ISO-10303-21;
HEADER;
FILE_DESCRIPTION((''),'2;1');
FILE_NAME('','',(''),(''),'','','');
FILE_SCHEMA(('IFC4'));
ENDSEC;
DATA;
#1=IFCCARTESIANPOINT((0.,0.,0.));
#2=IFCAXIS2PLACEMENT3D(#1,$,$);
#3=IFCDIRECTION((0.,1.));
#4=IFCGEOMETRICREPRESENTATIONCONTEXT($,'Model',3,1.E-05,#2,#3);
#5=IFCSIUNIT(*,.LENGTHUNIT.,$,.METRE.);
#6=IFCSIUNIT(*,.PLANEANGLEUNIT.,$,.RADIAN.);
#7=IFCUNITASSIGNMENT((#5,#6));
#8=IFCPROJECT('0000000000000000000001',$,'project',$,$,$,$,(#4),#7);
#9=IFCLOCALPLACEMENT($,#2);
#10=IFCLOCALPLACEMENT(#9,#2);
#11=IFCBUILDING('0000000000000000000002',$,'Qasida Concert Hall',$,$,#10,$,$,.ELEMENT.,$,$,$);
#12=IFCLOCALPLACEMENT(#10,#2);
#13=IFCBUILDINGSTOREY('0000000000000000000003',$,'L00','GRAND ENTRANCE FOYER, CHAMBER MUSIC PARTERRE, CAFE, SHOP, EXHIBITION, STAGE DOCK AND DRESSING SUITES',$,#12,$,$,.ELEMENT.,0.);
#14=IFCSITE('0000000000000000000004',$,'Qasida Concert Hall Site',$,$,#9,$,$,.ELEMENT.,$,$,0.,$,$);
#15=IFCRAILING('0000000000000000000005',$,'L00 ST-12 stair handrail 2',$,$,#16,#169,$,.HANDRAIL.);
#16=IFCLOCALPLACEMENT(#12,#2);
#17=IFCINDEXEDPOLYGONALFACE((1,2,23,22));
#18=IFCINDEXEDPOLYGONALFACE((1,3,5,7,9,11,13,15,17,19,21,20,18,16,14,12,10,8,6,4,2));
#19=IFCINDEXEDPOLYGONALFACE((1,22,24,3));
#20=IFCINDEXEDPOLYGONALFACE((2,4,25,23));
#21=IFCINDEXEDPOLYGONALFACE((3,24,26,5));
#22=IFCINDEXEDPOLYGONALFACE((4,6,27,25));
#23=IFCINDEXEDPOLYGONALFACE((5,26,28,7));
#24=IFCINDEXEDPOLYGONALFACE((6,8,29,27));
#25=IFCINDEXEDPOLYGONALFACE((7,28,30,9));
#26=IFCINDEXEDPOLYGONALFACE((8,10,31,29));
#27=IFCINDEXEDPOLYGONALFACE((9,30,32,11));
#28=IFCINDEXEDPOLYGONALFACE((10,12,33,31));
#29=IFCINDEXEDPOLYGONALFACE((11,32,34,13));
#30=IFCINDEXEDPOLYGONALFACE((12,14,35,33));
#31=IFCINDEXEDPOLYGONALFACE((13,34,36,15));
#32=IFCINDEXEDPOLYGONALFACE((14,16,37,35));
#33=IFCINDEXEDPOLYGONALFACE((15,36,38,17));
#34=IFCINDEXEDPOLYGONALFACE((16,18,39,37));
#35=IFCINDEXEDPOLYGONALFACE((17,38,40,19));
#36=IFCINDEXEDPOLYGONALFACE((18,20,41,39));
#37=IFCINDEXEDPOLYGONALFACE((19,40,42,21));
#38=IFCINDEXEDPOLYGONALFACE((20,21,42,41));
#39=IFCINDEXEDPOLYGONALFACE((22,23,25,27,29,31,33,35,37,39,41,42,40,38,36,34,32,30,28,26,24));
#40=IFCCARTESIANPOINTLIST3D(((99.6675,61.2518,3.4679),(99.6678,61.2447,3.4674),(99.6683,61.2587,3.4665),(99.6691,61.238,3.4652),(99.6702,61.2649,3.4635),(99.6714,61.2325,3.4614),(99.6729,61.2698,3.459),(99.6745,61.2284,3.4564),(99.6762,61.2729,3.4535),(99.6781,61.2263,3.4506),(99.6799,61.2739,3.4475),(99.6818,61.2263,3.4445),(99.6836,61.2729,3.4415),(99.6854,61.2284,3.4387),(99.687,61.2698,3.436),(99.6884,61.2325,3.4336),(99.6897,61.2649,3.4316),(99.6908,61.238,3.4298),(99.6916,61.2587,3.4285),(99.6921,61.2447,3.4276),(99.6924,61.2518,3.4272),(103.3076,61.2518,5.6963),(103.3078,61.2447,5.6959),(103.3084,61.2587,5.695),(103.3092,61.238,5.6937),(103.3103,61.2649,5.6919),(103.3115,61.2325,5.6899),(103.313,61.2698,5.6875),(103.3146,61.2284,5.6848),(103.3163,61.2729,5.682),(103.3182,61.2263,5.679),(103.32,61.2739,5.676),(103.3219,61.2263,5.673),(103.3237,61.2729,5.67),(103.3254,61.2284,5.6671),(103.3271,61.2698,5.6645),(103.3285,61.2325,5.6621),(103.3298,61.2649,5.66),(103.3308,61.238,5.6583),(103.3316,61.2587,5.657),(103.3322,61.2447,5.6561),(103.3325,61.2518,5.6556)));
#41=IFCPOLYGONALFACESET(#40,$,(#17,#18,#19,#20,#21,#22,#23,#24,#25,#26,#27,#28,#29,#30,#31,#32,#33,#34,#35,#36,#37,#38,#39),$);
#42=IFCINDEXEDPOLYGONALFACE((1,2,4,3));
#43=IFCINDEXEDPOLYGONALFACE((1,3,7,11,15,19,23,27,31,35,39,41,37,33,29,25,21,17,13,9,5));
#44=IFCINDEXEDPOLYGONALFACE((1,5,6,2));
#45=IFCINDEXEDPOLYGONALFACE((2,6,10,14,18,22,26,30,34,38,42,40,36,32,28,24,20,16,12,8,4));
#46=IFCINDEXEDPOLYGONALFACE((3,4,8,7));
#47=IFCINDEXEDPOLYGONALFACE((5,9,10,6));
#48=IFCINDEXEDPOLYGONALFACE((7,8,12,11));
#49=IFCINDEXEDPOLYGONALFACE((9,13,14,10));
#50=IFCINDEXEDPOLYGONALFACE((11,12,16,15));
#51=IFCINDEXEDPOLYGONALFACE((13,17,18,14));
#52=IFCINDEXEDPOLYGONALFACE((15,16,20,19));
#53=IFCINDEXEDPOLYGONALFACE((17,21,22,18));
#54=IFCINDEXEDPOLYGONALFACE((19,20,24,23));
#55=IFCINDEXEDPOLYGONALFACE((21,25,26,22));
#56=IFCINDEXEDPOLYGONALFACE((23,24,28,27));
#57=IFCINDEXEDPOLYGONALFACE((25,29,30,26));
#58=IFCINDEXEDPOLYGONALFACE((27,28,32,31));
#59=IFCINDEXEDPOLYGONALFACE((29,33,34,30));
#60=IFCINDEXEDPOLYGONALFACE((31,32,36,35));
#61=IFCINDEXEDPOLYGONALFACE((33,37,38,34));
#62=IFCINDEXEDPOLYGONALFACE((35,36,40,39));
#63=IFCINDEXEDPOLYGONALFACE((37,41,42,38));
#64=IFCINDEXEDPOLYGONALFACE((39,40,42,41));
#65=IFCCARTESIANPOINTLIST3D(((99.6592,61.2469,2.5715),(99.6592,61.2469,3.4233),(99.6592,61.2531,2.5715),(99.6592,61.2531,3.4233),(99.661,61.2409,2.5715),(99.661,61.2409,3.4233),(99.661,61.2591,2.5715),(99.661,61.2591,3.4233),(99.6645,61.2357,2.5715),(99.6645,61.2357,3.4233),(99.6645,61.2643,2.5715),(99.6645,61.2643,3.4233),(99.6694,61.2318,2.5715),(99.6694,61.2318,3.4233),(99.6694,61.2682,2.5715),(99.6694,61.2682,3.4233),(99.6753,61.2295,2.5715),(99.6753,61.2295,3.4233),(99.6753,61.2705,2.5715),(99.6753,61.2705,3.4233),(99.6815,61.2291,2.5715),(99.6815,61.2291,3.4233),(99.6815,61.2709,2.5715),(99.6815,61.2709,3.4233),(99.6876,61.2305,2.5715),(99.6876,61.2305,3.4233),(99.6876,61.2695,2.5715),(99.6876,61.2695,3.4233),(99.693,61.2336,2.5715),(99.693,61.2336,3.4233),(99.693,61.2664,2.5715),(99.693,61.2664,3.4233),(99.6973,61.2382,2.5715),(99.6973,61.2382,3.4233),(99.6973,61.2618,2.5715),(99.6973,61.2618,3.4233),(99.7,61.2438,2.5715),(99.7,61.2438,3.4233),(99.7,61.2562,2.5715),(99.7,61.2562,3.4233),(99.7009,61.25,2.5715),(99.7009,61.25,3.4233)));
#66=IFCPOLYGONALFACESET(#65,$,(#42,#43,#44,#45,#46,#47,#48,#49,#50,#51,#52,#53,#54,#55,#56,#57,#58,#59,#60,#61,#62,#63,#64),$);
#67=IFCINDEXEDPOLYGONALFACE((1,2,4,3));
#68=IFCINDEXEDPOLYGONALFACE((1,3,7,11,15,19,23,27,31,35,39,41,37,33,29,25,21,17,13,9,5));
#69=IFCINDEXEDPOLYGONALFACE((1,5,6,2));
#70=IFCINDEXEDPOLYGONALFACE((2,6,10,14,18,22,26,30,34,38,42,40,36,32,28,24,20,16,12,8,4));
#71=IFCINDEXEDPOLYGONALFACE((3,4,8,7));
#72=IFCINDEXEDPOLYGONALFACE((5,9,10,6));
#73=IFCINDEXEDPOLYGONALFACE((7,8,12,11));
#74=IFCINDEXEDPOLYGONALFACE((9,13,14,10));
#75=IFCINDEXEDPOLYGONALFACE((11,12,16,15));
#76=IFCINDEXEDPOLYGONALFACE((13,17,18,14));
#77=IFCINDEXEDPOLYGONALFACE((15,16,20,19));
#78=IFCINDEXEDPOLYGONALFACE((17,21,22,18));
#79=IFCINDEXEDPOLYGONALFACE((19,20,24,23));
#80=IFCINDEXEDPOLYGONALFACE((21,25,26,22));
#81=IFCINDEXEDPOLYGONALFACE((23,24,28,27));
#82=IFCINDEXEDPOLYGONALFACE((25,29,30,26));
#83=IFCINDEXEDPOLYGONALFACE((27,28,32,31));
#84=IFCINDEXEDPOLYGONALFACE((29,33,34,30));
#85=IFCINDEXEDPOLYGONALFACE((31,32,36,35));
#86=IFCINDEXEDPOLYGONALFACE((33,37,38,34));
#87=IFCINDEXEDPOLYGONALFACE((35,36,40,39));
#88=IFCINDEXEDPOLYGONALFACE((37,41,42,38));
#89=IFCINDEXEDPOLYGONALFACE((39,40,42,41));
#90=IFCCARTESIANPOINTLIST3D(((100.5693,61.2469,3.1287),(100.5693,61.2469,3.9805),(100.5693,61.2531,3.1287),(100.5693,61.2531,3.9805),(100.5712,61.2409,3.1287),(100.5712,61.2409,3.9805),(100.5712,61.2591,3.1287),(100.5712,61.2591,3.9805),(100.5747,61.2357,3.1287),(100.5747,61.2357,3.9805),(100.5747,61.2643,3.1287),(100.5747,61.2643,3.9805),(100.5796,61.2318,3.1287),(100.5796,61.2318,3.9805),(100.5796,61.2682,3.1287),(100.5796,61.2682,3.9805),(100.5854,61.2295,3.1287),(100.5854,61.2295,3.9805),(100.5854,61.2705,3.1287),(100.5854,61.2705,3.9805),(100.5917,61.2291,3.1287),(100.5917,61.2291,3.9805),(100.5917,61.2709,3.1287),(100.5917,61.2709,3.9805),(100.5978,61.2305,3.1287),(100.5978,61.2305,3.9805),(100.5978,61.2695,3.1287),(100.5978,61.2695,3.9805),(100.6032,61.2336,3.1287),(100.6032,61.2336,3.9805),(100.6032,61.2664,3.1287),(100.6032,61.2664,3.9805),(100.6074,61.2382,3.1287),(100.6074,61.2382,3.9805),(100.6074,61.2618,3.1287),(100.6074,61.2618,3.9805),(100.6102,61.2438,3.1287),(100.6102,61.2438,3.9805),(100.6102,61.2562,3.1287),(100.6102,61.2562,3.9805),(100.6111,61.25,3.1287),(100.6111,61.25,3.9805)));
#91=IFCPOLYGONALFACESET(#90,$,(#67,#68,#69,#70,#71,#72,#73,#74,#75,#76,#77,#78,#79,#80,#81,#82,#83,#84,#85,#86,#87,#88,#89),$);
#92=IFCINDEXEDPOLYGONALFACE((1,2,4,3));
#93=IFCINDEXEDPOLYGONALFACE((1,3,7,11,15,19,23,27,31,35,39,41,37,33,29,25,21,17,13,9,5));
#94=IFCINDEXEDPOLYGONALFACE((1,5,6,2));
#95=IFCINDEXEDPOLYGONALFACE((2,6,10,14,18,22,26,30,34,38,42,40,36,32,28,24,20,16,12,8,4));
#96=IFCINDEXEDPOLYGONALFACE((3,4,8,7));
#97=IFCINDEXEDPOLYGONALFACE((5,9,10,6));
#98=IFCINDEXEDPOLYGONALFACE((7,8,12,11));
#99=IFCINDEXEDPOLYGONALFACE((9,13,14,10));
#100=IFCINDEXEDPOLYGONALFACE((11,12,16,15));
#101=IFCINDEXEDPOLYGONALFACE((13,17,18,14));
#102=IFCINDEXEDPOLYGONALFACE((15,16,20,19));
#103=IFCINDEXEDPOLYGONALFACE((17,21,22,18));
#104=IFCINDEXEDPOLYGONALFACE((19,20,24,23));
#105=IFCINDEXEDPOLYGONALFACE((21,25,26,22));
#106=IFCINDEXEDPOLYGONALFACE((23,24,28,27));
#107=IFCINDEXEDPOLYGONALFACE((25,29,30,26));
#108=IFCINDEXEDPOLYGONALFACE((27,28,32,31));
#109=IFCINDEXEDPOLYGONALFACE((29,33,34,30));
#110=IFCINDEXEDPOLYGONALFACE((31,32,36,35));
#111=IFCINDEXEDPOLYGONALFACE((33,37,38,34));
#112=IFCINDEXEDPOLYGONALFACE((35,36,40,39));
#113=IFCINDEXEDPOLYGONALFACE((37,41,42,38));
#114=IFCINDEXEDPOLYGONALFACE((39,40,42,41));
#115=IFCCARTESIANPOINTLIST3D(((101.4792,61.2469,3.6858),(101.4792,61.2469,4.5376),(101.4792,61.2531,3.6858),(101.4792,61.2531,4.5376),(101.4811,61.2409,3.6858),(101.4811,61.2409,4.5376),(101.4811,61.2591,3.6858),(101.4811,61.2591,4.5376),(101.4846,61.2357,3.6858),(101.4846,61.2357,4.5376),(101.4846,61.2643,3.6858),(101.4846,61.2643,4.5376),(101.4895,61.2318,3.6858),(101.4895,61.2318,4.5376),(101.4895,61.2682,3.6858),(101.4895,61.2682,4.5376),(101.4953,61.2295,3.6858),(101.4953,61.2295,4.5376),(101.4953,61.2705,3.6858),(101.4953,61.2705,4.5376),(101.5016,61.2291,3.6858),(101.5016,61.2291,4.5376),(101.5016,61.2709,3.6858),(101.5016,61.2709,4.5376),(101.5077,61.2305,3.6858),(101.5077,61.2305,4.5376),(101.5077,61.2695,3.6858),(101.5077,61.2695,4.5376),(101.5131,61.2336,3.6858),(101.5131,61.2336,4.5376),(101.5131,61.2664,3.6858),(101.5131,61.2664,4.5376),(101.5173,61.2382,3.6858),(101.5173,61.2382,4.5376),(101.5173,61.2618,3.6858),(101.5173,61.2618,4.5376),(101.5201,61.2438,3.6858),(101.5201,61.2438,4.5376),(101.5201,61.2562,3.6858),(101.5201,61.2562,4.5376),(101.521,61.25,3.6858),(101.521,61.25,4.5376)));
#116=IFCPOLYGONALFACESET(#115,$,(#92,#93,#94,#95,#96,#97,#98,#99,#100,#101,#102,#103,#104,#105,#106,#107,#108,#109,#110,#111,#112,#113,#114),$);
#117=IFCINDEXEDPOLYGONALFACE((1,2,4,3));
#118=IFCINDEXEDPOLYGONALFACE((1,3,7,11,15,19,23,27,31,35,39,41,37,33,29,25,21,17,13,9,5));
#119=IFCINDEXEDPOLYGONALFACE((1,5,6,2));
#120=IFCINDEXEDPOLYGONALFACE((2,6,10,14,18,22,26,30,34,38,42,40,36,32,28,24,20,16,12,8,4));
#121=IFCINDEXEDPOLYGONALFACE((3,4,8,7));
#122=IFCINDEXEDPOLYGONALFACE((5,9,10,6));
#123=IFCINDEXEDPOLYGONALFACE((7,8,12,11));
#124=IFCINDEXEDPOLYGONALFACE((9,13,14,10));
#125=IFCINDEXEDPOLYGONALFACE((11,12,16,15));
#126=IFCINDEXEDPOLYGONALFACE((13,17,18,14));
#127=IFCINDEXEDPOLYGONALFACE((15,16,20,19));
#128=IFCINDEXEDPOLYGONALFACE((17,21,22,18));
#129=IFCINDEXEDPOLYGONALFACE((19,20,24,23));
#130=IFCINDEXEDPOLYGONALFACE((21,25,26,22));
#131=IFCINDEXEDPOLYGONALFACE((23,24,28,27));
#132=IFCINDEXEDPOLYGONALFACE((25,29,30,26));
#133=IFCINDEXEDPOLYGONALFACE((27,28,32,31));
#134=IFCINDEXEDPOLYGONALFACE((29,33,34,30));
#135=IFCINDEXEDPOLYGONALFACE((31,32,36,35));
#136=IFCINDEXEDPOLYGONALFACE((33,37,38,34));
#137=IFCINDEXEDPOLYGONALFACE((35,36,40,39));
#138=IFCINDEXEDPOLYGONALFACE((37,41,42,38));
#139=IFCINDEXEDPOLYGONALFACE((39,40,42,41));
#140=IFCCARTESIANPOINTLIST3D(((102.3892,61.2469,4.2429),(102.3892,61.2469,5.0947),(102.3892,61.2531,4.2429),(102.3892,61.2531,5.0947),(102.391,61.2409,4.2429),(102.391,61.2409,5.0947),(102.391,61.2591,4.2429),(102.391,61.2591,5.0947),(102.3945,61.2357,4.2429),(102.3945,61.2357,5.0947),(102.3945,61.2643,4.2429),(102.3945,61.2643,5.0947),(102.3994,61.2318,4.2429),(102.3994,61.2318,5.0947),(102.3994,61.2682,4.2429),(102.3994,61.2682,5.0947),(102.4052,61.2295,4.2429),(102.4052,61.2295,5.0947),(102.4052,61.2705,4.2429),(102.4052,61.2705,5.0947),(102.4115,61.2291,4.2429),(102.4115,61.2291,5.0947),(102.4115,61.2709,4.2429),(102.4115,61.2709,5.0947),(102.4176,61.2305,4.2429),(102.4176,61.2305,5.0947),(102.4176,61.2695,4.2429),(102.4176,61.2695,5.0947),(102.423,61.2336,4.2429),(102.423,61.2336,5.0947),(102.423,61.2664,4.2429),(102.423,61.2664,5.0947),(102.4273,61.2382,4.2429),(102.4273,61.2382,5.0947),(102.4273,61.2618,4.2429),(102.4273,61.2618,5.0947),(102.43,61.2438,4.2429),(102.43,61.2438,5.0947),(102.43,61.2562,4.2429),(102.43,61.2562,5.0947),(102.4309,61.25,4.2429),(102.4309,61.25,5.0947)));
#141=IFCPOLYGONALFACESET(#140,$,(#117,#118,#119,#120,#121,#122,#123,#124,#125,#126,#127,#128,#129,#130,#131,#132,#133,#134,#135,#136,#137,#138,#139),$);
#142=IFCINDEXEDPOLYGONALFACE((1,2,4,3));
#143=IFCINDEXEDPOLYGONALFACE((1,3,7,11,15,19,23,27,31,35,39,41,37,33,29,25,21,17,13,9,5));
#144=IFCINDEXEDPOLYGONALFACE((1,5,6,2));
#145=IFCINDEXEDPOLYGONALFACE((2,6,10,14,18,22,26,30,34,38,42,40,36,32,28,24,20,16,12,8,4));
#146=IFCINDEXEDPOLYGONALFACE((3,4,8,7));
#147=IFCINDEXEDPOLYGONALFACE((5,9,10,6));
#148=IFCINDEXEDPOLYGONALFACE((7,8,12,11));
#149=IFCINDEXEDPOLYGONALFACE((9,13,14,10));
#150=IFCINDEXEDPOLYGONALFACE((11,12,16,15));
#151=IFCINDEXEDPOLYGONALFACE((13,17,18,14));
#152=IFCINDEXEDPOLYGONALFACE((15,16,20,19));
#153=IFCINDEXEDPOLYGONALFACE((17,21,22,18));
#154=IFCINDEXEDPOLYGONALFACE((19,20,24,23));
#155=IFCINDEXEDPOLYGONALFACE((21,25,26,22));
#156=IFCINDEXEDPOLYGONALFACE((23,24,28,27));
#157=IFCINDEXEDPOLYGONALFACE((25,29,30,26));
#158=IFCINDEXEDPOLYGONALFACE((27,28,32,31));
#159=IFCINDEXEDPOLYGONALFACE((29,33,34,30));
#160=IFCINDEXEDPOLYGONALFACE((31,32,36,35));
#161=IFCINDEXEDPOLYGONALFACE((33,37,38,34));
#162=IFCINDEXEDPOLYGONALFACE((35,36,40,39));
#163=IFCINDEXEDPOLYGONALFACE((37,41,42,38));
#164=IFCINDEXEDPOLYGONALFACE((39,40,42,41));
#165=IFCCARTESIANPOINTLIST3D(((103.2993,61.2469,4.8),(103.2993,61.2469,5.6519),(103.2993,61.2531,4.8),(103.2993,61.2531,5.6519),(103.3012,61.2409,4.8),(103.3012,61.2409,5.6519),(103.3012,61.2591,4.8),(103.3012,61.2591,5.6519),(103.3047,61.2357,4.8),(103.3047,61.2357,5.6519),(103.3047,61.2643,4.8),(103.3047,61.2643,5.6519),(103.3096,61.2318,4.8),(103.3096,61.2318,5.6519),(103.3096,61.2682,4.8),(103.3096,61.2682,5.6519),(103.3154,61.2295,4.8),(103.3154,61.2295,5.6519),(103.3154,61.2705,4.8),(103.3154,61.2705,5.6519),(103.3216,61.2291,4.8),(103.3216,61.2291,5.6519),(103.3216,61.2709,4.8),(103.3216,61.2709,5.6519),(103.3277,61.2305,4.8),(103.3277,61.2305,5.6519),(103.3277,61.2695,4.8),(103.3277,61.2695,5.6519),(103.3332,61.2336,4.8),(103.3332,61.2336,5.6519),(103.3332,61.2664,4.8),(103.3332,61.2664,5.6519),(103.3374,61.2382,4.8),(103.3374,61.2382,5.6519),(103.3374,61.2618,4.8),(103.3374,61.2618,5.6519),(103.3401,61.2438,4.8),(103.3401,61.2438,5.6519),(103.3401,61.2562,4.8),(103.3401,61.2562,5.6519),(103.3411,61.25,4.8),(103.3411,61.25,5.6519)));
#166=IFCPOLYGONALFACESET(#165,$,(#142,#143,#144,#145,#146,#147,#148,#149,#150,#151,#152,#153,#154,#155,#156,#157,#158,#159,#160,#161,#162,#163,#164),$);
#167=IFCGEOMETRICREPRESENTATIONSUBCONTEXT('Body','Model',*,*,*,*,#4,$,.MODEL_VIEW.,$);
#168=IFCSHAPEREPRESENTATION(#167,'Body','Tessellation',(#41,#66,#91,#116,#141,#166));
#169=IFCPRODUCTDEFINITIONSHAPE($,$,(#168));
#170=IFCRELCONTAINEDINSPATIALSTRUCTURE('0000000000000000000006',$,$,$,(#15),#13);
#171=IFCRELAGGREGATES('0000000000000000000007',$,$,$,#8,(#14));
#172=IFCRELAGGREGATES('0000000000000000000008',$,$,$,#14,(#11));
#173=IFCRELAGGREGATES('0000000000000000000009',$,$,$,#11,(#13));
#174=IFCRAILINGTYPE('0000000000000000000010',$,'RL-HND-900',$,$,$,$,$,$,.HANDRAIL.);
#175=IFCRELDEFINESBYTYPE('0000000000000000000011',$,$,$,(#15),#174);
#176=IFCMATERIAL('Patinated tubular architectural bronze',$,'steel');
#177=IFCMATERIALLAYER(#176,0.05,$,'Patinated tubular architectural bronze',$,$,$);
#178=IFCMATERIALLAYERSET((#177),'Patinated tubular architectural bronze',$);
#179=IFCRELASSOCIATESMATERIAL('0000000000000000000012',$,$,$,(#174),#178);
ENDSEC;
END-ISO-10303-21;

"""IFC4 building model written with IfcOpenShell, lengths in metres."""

from ifc_helpers import new_model, si_unit, direction, frame, origin, origin_2d, place, context, subcontext, project, spatial, circle, extrude, material, layer, layer_set, type_object, element, save


model = new_model("IFC4")

# Units and contexts
model_context = context("Model", 3, precision=1e-05, world=origin(), true_north=direction((0.0, 1.0)))
body_context = subcontext(model_context, "Body", "Model", "MODEL_VIEW")
ifc_project = project(units=[si_unit("LENGTHUNIT", "METRE"), si_unit("PLANEANGLEUNIT", "RADIAN")], contexts=[model_context])

# Site, building, storey
site_placement = place(None, origin())
site = spatial("IfcSite", under=ifc_project, at=site_placement, Name="Qasida Concert Hall Site", CompositionType="ELEMENT", RefElevation=0.0)
building_placement = place(site_placement, origin())
building = spatial("IfcBuilding", under=site, at=building_placement, Name="Qasida Concert Hall", CompositionType="ELEMENT")
storey_placement = place(building_placement, origin())
storey = spatial("IfcBuildingStorey", under=building, at=storey_placement, Name="L00", Description="GRAND ENTRANCE FOYER, CHAMBER MUSIC PARTERRE, CAFE, SHOP, EXHIBITION, STAGE DOCK AND DRESSING SUITES", CompositionType="ELEMENT", Elevation=0.0)

# Railing
ifc_material_1 = material(Name="Patinated tubular architectural bronze", Category="steel")
ifc_layer_1 = layer(ifc_material_1, 0.05, Name="Patinated tubular architectural bronze")
ifc_layer_set_1 = layer_set([ifc_layer_1], Name="Patinated tubular architectural bronze")
railing_type_1 = type_object("IfcRailingType", Name="RL-HND-900", PredefinedType="HANDRAIL", material=ifc_layer_set_1)
railing_1_placement = place(storey_placement, frame((99.6799, 61.25, 2.5715)))
element("IfcRailing", 1, at=railing_1_placement, inside=storey, type_object=railing_type_1, Name="L00 ST-12 stair handrail 2", PredefinedType="HANDRAIL", context=body_context, shape_type="SweptSolid", body=[
    extrude(circle(Radius=0.0239, at=origin_2d()), frame((0.0, 0.0, 0.876), z_axis=(0.852866, 0.0, 0.52213), x_axis=(0.0, 1.0, 0.0)), (0.0, 0.0, 1.0), 4.2681),
    extrude(circle(Radius=0.021, at=origin_2d()), origin(), (0.0, 0.0, 1.0), 0.8518),
    extrude(circle(Radius=0.021, at=origin_2d()), frame((0.9102, 0.0, 0.5571)), (0.0, 0.0, 1.0), 0.8518),
    extrude(circle(Radius=0.021, at=origin_2d()), frame((1.8201, 0.0, 1.1143)), (0.0, 0.0, 1.0), 0.8518),
    extrude(circle(Radius=0.021, at=origin_2d()), frame((2.73, 0.0, 1.6714)), (0.0, 0.0, 1.0), 0.8518),
    extrude(circle(Radius=0.021, at=origin_2d()), frame((3.6401, 0.0, 2.2285)), (0.0, 0.0, 1.0), 0.8518),
])

save(model, "model.ifc")
